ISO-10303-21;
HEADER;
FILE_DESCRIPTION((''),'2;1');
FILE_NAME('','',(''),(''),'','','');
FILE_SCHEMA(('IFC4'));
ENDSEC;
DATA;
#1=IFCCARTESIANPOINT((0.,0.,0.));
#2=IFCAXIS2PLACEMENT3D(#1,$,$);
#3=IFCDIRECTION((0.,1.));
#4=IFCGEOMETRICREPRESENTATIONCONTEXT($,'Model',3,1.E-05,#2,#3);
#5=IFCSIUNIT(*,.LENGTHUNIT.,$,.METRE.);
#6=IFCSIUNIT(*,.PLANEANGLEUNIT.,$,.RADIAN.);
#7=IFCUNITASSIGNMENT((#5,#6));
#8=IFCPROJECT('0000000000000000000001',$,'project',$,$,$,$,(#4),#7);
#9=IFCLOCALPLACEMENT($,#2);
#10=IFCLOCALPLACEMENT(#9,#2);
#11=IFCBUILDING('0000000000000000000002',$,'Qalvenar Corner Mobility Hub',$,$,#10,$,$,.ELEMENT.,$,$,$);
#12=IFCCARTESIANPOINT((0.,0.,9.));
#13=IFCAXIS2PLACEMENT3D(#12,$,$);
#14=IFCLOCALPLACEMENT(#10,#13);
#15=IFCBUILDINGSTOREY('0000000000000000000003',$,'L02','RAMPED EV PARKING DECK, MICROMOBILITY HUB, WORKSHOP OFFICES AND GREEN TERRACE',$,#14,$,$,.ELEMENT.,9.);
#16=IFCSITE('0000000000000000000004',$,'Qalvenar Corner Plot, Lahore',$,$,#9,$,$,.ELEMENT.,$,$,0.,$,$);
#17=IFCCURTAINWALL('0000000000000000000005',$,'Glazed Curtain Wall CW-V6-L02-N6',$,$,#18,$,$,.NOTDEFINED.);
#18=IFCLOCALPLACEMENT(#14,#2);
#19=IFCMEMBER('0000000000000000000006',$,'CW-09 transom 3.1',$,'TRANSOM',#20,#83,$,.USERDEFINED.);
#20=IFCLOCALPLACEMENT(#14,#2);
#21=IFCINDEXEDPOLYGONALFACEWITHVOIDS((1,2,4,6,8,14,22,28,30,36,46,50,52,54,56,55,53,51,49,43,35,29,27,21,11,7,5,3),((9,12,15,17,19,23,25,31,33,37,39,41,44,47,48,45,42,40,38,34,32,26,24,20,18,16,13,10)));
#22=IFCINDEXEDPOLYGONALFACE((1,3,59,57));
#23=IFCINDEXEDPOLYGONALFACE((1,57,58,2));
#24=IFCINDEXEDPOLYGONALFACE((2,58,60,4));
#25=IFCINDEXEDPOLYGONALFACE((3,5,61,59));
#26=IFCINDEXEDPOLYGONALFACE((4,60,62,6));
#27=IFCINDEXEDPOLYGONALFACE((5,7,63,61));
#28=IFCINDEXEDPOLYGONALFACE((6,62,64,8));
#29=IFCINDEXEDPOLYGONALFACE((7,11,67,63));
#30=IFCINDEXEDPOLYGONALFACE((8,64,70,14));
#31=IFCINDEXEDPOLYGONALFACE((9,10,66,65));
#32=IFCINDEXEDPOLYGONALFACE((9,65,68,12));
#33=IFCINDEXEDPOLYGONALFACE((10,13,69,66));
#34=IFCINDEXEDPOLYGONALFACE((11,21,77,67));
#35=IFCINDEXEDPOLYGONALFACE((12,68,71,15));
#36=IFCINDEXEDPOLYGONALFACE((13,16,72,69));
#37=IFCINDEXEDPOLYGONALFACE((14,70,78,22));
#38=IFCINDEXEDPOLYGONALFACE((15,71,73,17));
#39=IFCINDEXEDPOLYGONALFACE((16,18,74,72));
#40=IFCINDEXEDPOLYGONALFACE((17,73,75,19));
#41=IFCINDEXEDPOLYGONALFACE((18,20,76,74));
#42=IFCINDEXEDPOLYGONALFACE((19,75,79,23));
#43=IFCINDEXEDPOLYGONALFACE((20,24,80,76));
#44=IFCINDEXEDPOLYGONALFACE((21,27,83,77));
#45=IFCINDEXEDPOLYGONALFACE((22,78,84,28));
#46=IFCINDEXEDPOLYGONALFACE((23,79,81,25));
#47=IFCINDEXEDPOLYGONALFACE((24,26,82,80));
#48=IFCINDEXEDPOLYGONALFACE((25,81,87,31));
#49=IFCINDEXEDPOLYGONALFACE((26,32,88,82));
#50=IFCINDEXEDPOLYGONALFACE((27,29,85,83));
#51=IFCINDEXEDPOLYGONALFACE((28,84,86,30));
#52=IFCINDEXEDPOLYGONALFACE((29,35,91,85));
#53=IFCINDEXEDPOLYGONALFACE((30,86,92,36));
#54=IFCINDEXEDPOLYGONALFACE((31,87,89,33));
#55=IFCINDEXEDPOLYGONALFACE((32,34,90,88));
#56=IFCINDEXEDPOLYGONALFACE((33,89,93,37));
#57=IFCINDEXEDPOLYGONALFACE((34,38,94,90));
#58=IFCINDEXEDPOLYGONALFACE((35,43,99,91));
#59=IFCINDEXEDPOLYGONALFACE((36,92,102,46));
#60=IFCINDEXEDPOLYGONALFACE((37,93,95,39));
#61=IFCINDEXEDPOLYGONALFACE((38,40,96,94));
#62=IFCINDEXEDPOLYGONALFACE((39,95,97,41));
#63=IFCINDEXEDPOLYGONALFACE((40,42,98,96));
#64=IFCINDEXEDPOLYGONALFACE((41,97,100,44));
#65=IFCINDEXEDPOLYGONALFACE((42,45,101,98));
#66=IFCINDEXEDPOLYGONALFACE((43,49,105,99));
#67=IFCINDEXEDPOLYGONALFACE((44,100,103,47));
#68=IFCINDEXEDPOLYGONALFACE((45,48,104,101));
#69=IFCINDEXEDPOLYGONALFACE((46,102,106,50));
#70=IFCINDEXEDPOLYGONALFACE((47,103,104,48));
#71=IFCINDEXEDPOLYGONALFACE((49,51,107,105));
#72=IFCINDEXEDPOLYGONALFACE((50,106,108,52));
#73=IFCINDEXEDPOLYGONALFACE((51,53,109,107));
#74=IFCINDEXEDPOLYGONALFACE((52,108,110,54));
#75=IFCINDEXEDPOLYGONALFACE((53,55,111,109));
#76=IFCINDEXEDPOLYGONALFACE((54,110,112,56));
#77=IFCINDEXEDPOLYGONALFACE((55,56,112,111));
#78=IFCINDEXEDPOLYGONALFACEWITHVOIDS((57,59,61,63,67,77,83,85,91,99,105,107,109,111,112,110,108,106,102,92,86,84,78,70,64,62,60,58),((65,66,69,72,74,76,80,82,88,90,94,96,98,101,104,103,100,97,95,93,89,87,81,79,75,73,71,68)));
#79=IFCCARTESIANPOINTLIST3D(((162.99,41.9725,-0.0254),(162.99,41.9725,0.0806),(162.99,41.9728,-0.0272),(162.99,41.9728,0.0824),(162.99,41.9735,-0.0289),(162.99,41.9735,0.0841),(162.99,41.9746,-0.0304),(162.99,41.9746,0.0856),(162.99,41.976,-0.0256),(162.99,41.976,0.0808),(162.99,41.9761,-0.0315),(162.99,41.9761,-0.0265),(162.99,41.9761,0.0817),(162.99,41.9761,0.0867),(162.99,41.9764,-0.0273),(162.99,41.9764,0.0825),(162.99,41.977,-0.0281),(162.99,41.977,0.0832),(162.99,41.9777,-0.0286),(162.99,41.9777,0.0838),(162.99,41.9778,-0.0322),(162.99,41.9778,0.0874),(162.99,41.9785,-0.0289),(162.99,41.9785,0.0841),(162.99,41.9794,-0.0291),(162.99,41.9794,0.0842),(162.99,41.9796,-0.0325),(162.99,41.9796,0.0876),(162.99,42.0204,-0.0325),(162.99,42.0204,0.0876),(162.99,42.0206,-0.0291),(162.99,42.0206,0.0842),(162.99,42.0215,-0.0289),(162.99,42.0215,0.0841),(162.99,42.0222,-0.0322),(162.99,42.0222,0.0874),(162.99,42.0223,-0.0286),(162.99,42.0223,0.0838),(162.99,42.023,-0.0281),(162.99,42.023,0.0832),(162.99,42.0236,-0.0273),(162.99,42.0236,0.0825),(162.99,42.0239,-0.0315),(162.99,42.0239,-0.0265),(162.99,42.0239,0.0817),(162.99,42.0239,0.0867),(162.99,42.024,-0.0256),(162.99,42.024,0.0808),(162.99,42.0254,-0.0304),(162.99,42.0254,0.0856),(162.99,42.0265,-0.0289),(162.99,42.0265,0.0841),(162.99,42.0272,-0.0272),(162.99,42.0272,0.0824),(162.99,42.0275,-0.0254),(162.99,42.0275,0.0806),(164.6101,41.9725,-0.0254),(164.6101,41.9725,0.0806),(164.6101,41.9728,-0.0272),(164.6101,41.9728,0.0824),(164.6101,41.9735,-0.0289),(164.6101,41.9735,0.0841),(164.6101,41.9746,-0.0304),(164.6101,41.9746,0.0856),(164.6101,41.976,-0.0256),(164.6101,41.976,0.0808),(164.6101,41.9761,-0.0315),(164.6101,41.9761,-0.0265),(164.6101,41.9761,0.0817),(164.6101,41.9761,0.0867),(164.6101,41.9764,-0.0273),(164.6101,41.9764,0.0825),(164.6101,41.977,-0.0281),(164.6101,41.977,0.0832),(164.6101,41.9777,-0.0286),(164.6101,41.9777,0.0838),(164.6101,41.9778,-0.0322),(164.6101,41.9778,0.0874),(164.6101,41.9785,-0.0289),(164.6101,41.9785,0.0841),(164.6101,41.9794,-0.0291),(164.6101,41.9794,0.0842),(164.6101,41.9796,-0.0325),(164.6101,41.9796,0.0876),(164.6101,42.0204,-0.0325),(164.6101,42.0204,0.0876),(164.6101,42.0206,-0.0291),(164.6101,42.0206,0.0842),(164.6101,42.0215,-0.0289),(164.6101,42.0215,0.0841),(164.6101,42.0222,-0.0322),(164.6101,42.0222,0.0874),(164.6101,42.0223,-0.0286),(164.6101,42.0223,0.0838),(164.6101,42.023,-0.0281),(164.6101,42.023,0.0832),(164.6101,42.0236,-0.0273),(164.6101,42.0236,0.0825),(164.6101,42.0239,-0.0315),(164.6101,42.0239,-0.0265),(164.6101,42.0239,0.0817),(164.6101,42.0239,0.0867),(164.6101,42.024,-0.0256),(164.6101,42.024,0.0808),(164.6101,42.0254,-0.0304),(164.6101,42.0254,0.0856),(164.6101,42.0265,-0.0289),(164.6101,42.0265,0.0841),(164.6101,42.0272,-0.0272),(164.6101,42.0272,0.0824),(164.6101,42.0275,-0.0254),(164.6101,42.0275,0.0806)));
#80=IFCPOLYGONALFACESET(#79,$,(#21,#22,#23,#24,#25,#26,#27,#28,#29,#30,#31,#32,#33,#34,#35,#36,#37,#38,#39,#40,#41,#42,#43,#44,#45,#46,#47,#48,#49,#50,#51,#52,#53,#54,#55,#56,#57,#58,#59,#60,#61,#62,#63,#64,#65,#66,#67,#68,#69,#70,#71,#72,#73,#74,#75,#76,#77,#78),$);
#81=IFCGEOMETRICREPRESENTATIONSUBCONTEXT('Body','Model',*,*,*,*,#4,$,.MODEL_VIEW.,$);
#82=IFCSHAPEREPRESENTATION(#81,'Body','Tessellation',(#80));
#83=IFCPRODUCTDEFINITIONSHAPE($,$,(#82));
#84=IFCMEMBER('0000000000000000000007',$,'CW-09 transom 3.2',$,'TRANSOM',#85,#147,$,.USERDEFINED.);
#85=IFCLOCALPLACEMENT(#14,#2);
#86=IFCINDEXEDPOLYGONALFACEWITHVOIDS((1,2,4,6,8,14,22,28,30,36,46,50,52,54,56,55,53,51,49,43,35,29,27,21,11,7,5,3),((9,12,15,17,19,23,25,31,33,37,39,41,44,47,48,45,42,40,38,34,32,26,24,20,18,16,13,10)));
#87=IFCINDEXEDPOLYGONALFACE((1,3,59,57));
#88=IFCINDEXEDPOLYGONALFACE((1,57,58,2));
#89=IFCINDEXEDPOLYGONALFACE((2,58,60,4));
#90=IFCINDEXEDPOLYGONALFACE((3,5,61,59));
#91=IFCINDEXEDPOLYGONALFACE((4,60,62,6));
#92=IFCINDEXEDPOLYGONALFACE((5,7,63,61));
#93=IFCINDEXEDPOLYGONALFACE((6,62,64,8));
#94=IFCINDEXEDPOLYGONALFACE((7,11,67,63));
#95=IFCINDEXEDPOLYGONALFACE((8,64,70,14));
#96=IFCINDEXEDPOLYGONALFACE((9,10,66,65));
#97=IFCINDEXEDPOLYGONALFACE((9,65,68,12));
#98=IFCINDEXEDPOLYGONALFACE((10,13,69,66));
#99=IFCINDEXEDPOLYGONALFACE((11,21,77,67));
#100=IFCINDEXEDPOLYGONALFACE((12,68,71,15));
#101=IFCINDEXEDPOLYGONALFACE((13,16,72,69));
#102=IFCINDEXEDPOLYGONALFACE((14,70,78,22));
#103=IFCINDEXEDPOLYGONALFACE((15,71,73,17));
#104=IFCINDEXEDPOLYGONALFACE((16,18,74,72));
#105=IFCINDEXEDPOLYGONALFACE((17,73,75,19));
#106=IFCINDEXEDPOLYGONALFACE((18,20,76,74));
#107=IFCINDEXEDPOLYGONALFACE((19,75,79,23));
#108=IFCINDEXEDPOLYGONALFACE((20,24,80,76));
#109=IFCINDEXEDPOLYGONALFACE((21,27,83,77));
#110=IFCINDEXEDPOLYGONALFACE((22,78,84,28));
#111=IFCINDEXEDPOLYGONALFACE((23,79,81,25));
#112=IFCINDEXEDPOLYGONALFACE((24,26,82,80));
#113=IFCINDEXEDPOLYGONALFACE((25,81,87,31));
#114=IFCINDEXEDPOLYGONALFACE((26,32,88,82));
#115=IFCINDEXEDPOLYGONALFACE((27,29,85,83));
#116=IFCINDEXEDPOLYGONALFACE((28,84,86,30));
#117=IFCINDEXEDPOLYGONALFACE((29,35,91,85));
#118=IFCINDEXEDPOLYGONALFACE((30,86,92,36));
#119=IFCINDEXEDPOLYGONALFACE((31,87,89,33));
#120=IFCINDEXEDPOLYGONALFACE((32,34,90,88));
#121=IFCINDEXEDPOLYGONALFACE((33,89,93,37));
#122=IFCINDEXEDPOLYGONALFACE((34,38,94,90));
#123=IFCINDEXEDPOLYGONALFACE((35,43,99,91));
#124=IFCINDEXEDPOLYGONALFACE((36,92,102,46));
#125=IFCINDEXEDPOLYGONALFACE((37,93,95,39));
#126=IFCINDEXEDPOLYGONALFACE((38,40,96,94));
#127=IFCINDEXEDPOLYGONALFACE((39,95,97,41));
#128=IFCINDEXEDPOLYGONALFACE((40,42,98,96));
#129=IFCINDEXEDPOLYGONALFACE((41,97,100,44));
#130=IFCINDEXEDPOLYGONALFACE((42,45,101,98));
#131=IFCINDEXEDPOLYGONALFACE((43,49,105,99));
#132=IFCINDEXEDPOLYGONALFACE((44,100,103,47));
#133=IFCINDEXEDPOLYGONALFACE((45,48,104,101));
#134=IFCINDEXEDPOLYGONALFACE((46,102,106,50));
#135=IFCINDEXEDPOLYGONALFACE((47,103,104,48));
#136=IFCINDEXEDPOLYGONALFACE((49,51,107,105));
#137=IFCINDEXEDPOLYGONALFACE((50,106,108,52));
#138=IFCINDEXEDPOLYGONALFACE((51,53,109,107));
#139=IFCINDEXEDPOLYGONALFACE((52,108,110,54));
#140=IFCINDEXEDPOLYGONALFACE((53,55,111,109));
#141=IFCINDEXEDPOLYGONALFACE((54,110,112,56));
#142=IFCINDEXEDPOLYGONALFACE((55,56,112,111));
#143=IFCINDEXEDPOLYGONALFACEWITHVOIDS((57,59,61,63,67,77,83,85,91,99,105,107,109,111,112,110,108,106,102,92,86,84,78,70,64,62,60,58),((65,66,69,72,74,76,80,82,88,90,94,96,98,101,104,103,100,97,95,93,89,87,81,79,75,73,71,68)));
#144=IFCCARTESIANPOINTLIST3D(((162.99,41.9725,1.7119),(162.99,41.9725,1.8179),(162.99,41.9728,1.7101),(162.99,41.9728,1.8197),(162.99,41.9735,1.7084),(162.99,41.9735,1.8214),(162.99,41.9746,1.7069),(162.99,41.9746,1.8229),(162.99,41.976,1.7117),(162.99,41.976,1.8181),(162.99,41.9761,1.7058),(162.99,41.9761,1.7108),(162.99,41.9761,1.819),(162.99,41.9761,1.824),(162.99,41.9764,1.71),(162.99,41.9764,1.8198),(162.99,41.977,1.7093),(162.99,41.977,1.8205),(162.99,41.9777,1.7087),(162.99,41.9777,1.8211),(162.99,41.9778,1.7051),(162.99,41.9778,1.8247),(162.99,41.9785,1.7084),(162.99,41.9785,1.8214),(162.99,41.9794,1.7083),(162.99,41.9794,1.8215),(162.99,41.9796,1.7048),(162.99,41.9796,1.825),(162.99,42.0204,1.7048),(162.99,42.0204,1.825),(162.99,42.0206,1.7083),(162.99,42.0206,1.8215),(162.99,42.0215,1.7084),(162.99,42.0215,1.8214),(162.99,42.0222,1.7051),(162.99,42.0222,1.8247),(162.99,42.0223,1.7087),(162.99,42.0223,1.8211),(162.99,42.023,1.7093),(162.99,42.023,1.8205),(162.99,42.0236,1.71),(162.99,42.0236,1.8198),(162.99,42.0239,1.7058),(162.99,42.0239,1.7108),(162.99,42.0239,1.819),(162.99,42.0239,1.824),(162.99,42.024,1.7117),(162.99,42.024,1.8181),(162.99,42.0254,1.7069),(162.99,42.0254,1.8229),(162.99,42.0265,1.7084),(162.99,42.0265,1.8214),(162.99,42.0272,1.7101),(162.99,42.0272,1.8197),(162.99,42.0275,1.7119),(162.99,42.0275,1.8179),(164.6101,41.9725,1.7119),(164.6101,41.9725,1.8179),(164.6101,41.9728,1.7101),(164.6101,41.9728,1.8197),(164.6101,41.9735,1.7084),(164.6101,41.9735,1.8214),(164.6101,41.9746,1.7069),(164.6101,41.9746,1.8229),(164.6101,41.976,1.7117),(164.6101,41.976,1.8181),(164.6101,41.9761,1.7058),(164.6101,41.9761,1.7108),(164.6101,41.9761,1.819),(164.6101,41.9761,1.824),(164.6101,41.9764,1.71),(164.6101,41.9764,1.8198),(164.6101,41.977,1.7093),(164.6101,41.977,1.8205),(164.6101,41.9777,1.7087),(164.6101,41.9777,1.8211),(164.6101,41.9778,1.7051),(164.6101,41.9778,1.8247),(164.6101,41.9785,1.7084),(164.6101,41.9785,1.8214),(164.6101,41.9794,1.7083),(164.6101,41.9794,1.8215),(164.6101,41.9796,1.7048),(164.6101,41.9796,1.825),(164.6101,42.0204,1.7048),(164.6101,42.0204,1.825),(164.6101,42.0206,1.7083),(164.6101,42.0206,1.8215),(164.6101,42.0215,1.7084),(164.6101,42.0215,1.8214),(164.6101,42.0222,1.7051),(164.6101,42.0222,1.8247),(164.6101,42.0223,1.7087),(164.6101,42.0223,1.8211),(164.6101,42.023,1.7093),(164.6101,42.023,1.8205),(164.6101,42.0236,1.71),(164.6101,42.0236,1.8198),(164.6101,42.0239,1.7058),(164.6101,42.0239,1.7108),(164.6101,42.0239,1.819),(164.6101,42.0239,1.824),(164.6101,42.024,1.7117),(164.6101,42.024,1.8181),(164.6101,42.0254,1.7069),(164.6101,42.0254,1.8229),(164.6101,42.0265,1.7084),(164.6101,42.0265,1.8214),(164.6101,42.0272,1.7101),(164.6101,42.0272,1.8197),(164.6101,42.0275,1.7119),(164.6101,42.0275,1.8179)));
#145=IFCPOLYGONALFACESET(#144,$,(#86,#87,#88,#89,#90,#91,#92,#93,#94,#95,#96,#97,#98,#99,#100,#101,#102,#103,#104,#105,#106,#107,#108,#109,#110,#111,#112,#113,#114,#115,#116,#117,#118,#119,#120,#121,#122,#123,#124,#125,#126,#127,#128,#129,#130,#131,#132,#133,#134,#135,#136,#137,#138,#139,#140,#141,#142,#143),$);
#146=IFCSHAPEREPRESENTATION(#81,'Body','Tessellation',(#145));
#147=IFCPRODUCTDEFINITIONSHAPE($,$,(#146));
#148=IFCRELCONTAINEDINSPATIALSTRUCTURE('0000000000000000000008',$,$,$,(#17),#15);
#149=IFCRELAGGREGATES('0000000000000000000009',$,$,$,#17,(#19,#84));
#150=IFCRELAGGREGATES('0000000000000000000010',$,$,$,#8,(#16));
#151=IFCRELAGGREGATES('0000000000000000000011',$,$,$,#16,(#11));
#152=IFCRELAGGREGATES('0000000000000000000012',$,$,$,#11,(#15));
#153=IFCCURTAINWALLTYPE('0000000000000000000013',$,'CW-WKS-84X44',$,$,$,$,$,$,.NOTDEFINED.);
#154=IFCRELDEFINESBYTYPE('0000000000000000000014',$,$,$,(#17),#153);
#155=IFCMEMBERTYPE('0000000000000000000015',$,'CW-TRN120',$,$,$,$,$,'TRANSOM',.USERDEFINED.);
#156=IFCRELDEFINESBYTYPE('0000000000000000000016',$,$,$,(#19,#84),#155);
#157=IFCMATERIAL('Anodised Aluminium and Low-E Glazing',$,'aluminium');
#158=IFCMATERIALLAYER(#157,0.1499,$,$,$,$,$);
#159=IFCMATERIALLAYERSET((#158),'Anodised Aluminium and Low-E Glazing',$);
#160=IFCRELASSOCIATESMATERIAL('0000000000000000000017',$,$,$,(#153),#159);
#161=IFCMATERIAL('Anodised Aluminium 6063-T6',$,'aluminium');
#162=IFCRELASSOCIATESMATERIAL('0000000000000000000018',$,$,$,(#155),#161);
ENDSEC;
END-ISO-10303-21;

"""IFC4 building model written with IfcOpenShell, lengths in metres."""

from ifc_helpers import new_model, si_unit, direction, frame, origin, origin_2d, place, context, subcontext, project, spatial, hollow_rectangle, extrude, material, layer, layer_set, material_profile, profile_set, type_object, element, aggregate, save


model = new_model("IFC4")

# Units and contexts
model_context = context("Model", 3, precision=1e-05, world=origin(), true_north=direction((0.0, 1.0)))
body_context = subcontext(model_context, "Body", "Model", "MODEL_VIEW")
ifc_project = project(units=[si_unit("LENGTHUNIT", "METRE"), si_unit("PLANEANGLEUNIT", "RADIAN")], contexts=[model_context])

# Site, building, storey
site_placement = place(None, origin())
site = spatial("IfcSite", under=ifc_project, at=site_placement, Name="Qalvenar Corner Plot, Lahore", CompositionType="ELEMENT", RefElevation=0.0)
building_placement = place(site_placement, origin())
building = spatial("IfcBuilding", under=site, at=building_placement, Name="Qalvenar Corner Mobility Hub", CompositionType="ELEMENT")
storey_placement = place(building_placement, frame((0.0, 0.0, 9.0)))
storey = spatial("IfcBuildingStorey", under=building, at=storey_placement, Name="L02", Description="RAMPED EV PARKING DECK, MICROMOBILITY HUB, WORKSHOP OFFICES AND GREEN TERRACE", CompositionType="ELEMENT", Elevation=9.0)

# Curtain wall, members
ifc_material_1 = material(Name="Anodised Aluminium and Low-E Glazing", Category="aluminium")
ifc_layer_1 = layer(ifc_material_1, 0.1499)
ifc_layer_set_1 = layer_set([ifc_layer_1], Name="Anodised Aluminium and Low-E Glazing")
curtain_wall_type = type_object("IfcCurtainWallType", Name="CW-WKS-84X44", PredefinedType="NOTDEFINED", material=ifc_layer_set_1)
curtain_wall_placement = place(storey_placement, origin())
curtain_wall = element("IfcCurtainWall", 1, at=curtain_wall_placement, inside=storey, type_object=curtain_wall_type, Name="Glazed Curtain Wall CW-V6-L02-N6", PredefinedType="NOTDEFINED")
ifc_material_2 = material(Name="Anodised Aluminium 6063-T6", Category="aluminium")
ifc_material_profile_1 = material_profile(ifc_material_2, hollow_rectangle(XDim=0.0549, YDim=0.1201, WallThickness=0.0034, InnerFilletRadius=0.0034, OuterFilletRadius=0.0071, at=origin_2d()), Name="RHS120x55x3.5")
ifc_profile_set_1 = profile_set([ifc_material_profile_1], Name="Anodised Aluminium 6063-T6")
member_type_1 = type_object("IfcMemberType", Name="CW-TRN120", ElementType="TRANSOM", PredefinedType="USERDEFINED", material=ifc_profile_set_1)
member_1_placement = place(storey_placement, frame((164.6101, 42.0, 0.0276), z_axis=(-1.0, 0.0, 0.0), x_axis=(0.0, -1.0, 0.0)))
member_1 = element("IfcMember", 2, at=member_1_placement, type_object=member_type_1, Name="CW-09 transom 3.1", ObjectType="TRANSOM", PredefinedType="USERDEFINED", context=body_context, shape_type="SweptSolid", body=[
    extrude(hollow_rectangle(XDim=0.0549, YDim=0.1201, WallThickness=0.0034, InnerFilletRadius=0.0034, OuterFilletRadius=0.0071, at=origin_2d()), origin(), (0.0, 0.0, 1.0), 1.6201),
])
member_2_placement = place(storey_placement, frame((164.6101, 42.0, 1.7649), z_axis=(-1.0, 0.0, 0.0), x_axis=(0.0, -1.0, 0.0)))
member_2 = element("IfcMember", 3, at=member_2_placement, type_object=member_type_1, Name="CW-09 transom 3.2", ObjectType="TRANSOM", PredefinedType="USERDEFINED", context=body_context, shape_type="SweptSolid", body=[
    extrude(hollow_rectangle(XDim=0.0549, YDim=0.1201, WallThickness=0.0034, InnerFilletRadius=0.0034, OuterFilletRadius=0.0071, at=origin_2d()), origin(), (0.0, 0.0, 1.0), 1.6201),
])
aggregate(curtain_wall, [member_1, member_2])

save(model, "model.ifc")
